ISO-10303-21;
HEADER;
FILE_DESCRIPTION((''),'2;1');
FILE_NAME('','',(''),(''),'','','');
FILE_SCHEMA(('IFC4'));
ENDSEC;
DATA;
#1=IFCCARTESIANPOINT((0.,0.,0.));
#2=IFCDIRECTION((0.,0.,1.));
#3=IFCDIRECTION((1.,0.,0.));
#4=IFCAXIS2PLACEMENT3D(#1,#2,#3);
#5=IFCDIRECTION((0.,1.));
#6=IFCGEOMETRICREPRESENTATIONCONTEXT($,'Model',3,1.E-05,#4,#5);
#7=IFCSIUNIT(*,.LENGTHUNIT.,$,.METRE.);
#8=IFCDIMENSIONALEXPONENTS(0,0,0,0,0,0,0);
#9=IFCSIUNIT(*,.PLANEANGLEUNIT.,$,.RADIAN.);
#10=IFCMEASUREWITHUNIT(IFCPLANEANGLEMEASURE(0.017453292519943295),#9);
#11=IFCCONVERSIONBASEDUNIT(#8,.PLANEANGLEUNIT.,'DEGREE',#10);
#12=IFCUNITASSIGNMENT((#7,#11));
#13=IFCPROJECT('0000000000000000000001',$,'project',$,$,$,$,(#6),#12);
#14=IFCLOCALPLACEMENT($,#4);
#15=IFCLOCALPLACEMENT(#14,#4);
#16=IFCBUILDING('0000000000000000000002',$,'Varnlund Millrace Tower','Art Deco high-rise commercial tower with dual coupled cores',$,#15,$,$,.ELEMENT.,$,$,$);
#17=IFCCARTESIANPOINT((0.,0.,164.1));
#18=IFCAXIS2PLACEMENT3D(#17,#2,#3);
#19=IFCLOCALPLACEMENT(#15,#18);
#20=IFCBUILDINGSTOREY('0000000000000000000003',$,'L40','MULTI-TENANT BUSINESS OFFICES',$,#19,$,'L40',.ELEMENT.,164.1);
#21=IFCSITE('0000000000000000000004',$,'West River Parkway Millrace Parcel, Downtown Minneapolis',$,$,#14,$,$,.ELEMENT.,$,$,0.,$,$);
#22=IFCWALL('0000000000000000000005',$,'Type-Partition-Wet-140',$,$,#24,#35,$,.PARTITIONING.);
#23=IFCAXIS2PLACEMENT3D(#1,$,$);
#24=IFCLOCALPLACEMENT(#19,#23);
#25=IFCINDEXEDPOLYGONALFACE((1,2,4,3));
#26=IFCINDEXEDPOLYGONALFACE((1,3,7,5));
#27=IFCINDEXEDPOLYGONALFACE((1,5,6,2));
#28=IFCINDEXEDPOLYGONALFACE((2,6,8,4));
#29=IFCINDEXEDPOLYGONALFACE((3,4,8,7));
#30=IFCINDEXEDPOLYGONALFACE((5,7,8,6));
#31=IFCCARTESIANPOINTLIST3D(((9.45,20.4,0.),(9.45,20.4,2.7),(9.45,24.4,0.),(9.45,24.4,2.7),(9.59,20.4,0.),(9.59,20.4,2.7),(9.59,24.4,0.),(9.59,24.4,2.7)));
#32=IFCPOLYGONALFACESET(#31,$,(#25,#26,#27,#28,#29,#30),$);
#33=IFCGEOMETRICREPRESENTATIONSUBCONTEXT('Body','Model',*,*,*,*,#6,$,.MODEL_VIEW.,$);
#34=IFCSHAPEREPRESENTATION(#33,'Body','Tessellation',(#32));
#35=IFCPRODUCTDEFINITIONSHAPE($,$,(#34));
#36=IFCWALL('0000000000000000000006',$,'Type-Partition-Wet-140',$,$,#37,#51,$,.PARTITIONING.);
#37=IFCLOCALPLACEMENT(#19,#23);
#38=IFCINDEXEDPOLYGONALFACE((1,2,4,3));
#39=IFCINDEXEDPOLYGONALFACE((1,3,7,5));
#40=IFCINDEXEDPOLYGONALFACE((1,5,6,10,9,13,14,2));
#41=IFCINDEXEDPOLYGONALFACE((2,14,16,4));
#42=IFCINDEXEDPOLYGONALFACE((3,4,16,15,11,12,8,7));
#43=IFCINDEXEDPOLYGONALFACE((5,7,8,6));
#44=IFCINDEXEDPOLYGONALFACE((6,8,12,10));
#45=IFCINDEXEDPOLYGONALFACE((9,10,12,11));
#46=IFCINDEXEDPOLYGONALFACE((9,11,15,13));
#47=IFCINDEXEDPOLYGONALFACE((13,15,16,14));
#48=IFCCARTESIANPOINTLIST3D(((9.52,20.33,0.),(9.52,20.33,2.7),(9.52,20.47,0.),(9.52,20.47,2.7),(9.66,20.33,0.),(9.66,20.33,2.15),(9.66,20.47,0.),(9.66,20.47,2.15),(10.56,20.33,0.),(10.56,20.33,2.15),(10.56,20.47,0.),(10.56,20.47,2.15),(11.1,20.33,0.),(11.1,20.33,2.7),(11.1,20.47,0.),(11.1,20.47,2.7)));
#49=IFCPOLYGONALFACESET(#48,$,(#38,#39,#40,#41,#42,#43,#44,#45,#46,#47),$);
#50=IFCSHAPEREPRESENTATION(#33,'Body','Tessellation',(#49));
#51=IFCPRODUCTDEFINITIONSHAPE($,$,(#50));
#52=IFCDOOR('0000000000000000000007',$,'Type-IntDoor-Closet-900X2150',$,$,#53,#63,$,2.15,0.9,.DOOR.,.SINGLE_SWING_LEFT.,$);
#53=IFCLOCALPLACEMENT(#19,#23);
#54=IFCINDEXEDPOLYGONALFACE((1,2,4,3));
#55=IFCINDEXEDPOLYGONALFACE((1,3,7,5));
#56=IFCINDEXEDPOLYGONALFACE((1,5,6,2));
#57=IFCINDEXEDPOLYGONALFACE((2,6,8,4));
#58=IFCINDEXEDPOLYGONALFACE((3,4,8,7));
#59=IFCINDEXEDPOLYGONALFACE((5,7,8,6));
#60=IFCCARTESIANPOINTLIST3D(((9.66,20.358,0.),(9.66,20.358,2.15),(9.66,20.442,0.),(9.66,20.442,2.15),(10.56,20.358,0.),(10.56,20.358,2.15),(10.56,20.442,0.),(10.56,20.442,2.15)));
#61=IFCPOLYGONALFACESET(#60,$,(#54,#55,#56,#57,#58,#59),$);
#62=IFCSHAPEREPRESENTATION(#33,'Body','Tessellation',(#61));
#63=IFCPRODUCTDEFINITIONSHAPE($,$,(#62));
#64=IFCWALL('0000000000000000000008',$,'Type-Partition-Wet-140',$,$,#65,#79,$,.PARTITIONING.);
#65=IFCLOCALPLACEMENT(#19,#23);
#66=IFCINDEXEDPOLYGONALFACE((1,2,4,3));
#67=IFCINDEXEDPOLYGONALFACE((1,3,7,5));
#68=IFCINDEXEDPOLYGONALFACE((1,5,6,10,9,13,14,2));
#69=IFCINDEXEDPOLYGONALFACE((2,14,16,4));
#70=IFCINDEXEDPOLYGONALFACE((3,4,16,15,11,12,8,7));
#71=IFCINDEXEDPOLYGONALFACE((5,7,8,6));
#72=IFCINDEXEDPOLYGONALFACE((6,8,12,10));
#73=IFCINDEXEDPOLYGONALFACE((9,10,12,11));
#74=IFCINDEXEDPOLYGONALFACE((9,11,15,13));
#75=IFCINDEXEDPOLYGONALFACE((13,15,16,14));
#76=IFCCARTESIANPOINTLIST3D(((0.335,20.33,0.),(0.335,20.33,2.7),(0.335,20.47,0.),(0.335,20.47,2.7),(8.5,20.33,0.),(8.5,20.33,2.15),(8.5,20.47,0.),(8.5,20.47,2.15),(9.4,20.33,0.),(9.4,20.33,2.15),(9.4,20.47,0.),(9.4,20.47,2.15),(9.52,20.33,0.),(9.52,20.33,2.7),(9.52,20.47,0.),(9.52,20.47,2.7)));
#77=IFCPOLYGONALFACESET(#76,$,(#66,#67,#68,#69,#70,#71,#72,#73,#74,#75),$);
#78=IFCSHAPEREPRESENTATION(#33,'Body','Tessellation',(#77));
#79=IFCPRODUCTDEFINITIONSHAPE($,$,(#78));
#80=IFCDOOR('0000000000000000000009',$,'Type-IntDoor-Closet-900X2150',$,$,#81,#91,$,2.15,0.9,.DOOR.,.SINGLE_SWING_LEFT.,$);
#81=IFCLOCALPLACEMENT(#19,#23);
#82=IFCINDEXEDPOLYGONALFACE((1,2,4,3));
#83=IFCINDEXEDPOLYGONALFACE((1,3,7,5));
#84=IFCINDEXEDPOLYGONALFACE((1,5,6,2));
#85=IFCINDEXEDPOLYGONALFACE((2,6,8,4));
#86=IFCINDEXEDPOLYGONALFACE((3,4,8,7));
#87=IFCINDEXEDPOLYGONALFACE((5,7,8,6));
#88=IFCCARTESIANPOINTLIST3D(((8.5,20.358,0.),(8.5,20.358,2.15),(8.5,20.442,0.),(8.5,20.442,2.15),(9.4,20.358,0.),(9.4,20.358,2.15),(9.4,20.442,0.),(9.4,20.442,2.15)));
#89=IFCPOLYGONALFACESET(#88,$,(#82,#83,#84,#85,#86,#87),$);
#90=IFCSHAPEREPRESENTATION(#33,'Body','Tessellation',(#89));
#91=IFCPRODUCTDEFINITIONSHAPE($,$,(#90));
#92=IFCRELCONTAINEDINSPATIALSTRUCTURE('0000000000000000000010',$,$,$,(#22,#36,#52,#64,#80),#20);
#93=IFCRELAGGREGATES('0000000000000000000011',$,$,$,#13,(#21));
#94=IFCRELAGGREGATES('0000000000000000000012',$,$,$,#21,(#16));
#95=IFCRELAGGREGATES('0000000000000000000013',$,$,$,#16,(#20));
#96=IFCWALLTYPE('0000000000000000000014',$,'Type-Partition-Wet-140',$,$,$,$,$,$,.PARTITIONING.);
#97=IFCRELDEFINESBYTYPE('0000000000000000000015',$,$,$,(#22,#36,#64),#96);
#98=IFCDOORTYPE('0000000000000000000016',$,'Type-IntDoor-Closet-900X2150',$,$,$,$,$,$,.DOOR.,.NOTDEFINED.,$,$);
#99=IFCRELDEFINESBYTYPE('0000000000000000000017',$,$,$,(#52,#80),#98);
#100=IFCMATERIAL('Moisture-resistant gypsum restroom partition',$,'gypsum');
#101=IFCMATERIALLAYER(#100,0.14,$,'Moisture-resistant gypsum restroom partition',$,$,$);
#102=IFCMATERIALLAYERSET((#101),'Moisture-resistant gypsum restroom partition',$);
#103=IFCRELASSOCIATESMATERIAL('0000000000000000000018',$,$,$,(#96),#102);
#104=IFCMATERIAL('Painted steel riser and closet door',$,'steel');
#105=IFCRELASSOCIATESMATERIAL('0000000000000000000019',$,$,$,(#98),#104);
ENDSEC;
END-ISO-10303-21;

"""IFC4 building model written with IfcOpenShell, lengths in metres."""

from ifc_helpers import new_model, entity, si_unit, converted_unit, direction, frame, origin_with_axes, origin_2d_with_axis, place, context, subcontext, project, spatial, polyline, rectangle, outline, extrude, material, layer, layer_set, type_object, element, fill, save


model = new_model("IFC4")

# Units and contexts
model_context = context("Model", 3, precision=1e-05, world=origin_with_axes(), true_north=direction((0.0, 1.0)))
body_context = subcontext(model_context, "Body", "Model", "MODEL_VIEW")
ifc_project = project(units=[si_unit("LENGTHUNIT", "METRE"), converted_unit("PLANEANGLEUNIT", "DEGREE", entity("IfcPlaneAngleMeasure", 0.017453292519943295), si_unit("PLANEANGLEUNIT", "RADIAN"), dimensions=[0, 0, 0, 0, 0, 0, 0])], contexts=[model_context])

# Site, building, storey
site_placement = place(None, origin_with_axes())
site = spatial("IfcSite", under=ifc_project, at=site_placement, Name="West River Parkway Millrace Parcel, Downtown Minneapolis", CompositionType="ELEMENT", RefElevation=0.0)
building_placement = place(site_placement, origin_with_axes())
building = spatial("IfcBuilding", under=site, at=building_placement, Name="Varnlund Millrace Tower", Description="Art Deco high-rise commercial tower with dual coupled cores", CompositionType="ELEMENT")
storey_placement = place(building_placement, frame((0.0, 0.0, 164.1), z_axis=(0.0, 0.0, 1.0), x_axis=(1.0, 0.0, 0.0)))
storey = spatial("IfcBuildingStorey", under=building, at=storey_placement, Name="L40", Description="MULTI-TENANT BUSINESS OFFICES", LongName="L40", CompositionType="ELEMENT", Elevation=164.1)

# Wall
ifc_material_1 = material(Name="Moisture-resistant gypsum restroom partition", Category="gypsum")
ifc_layer_1 = layer(ifc_material_1, 0.14, Name="Moisture-resistant gypsum restroom partition")
ifc_layer_set_1 = layer_set([ifc_layer_1], Name="Moisture-resistant gypsum restroom partition")
wall_type_1 = type_object("IfcWallType", Name="Type-Partition-Wet-140", PredefinedType="PARTITIONING", material=ifc_layer_set_1)
wall_1_placement = place(storey_placement, frame((9.52, 20.4, 0.0), z_axis=(0.0, 0.0, 1.0), x_axis=(0.0, 1.0, 0.0)))
element("IfcWall", 1, at=wall_1_placement, inside=storey, type_object=wall_type_1, Name="Type-Partition-Wet-140", PredefinedType="PARTITIONING", context=body_context, shape_type="SweptSolid", body=[
    extrude(outline(polyline([(0.0, -0.07), (4.0, -0.07), (4.0, 0.07), (0.0, 0.07), (0.0, -0.07)])), origin_with_axes(), (0.0, 0.0, 1.0), 2.7),
])

# Walls, openings, doors
wall_2_placement = place(storey_placement, frame((9.52, 20.4, 0.0), z_axis=(0.0, 0.0, 1.0), x_axis=(1.0, 0.0, 0.0)))
wall_2 = element("IfcWall", 2, at=wall_2_placement, inside=storey, type_object=wall_type_1, Name="Type-Partition-Wet-140", PredefinedType="PARTITIONING", context=body_context, shape_type="SweptSolid", body=[
    extrude(outline(polyline([(0.0, -0.07), (1.58, -0.07), (1.58, 0.07), (0.0, 0.07), (0.0, -0.07)])), origin_with_axes(), (0.0, 0.0, 1.0), 2.7),
])
opening_1_placement = place(wall_2_placement, frame((0.59, 0.0, 0.0), z_axis=(0.0, 0.0, 1.0), x_axis=(1.0, 0.0, 0.0)))
opening_1 = element("IfcOpeningElement", 3, at=opening_1_placement, cuts=wall_2, PredefinedType="OPENING", context=body_context, shape_type="SweptSolid", body=[
    extrude(rectangle(XDim=0.9, YDim=0.16, at=origin_2d_with_axis()), origin_with_axes(), (0.0, 0.0, 1.0), 2.15),
])
ifc_material_2 = material(Name="Painted steel riser and closet door", Category="steel")
door_type_1 = type_object("IfcDoorType", Name="Type-IntDoor-Closet-900X2150", OperationType="NOTDEFINED", PredefinedType="DOOR", material=ifc_material_2)
door_1_placement = place(wall_2_placement, frame((0.59, 0.0, 0.0), z_axis=(0.0, 0.0, 1.0), x_axis=(1.0, 0.0, 0.0)))
door_1 = element("IfcDoor", 4, at=door_1_placement, inside=storey, type_object=door_type_1, Name="Type-IntDoor-Closet-900X2150", OperationType="SINGLE_SWING_LEFT", OverallHeight=2.15, OverallWidth=0.9, PredefinedType="DOOR", context=body_context, shape_type="SweptSolid", body=[
    extrude(rectangle(XDim=0.9, YDim=0.084, at=origin_2d_with_axis()), origin_with_axes(), (0.0, 0.0, 1.0), 2.15),
])
fill(opening_1, door_1)
wall_3_placement = place(storey_placement, frame((0.335, 20.4, 0.0), z_axis=(0.0, 0.0, 1.0), x_axis=(1.0, 0.0, 0.0)))
wall_3 = element("IfcWall", 5, at=wall_3_placement, inside=storey, type_object=wall_type_1, Name="Type-Partition-Wet-140", PredefinedType="PARTITIONING", context=body_context, shape_type="SweptSolid", body=[
    extrude(outline(polyline([(0.0, -0.07), (9.185, -0.07), (9.185, 0.07), (0.0, 0.07), (0.0, -0.07)])), origin_with_axes(), (0.0, 0.0, 1.0), 2.7),
])
opening_2_placement = place(wall_3_placement, frame((8.615, 0.0, 0.0), z_axis=(0.0, 0.0, 1.0), x_axis=(1.0, 0.0, 0.0)))
opening_2 = element("IfcOpeningElement", 6, at=opening_2_placement, cuts=wall_3, PredefinedType="OPENING", context=body_context, shape_type="SweptSolid", body=[
    extrude(rectangle(XDim=0.9, YDim=0.16, at=origin_2d_with_axis()), origin_with_axes(), (0.0, 0.0, 1.0), 2.15),
])
door_2_placement = place(wall_3_placement, frame((8.615, 0.0, 0.0), z_axis=(0.0, 0.0, 1.0), x_axis=(1.0, 0.0, 0.0)))
door_2 = element("IfcDoor", 7, at=door_2_placement, inside=storey, type_object=door_type_1, Name="Type-IntDoor-Closet-900X2150", OperationType="SINGLE_SWING_LEFT", OverallHeight=2.15, OverallWidth=0.9, PredefinedType="DOOR", context=body_context, shape_type="SweptSolid", body=[
    extrude(rectangle(XDim=0.9, YDim=0.084, at=origin_2d_with_axis()), origin_with_axes(), (0.0, 0.0, 1.0), 2.15),
])
fill(opening_2, door_2)

save(model, "model.ifc")
